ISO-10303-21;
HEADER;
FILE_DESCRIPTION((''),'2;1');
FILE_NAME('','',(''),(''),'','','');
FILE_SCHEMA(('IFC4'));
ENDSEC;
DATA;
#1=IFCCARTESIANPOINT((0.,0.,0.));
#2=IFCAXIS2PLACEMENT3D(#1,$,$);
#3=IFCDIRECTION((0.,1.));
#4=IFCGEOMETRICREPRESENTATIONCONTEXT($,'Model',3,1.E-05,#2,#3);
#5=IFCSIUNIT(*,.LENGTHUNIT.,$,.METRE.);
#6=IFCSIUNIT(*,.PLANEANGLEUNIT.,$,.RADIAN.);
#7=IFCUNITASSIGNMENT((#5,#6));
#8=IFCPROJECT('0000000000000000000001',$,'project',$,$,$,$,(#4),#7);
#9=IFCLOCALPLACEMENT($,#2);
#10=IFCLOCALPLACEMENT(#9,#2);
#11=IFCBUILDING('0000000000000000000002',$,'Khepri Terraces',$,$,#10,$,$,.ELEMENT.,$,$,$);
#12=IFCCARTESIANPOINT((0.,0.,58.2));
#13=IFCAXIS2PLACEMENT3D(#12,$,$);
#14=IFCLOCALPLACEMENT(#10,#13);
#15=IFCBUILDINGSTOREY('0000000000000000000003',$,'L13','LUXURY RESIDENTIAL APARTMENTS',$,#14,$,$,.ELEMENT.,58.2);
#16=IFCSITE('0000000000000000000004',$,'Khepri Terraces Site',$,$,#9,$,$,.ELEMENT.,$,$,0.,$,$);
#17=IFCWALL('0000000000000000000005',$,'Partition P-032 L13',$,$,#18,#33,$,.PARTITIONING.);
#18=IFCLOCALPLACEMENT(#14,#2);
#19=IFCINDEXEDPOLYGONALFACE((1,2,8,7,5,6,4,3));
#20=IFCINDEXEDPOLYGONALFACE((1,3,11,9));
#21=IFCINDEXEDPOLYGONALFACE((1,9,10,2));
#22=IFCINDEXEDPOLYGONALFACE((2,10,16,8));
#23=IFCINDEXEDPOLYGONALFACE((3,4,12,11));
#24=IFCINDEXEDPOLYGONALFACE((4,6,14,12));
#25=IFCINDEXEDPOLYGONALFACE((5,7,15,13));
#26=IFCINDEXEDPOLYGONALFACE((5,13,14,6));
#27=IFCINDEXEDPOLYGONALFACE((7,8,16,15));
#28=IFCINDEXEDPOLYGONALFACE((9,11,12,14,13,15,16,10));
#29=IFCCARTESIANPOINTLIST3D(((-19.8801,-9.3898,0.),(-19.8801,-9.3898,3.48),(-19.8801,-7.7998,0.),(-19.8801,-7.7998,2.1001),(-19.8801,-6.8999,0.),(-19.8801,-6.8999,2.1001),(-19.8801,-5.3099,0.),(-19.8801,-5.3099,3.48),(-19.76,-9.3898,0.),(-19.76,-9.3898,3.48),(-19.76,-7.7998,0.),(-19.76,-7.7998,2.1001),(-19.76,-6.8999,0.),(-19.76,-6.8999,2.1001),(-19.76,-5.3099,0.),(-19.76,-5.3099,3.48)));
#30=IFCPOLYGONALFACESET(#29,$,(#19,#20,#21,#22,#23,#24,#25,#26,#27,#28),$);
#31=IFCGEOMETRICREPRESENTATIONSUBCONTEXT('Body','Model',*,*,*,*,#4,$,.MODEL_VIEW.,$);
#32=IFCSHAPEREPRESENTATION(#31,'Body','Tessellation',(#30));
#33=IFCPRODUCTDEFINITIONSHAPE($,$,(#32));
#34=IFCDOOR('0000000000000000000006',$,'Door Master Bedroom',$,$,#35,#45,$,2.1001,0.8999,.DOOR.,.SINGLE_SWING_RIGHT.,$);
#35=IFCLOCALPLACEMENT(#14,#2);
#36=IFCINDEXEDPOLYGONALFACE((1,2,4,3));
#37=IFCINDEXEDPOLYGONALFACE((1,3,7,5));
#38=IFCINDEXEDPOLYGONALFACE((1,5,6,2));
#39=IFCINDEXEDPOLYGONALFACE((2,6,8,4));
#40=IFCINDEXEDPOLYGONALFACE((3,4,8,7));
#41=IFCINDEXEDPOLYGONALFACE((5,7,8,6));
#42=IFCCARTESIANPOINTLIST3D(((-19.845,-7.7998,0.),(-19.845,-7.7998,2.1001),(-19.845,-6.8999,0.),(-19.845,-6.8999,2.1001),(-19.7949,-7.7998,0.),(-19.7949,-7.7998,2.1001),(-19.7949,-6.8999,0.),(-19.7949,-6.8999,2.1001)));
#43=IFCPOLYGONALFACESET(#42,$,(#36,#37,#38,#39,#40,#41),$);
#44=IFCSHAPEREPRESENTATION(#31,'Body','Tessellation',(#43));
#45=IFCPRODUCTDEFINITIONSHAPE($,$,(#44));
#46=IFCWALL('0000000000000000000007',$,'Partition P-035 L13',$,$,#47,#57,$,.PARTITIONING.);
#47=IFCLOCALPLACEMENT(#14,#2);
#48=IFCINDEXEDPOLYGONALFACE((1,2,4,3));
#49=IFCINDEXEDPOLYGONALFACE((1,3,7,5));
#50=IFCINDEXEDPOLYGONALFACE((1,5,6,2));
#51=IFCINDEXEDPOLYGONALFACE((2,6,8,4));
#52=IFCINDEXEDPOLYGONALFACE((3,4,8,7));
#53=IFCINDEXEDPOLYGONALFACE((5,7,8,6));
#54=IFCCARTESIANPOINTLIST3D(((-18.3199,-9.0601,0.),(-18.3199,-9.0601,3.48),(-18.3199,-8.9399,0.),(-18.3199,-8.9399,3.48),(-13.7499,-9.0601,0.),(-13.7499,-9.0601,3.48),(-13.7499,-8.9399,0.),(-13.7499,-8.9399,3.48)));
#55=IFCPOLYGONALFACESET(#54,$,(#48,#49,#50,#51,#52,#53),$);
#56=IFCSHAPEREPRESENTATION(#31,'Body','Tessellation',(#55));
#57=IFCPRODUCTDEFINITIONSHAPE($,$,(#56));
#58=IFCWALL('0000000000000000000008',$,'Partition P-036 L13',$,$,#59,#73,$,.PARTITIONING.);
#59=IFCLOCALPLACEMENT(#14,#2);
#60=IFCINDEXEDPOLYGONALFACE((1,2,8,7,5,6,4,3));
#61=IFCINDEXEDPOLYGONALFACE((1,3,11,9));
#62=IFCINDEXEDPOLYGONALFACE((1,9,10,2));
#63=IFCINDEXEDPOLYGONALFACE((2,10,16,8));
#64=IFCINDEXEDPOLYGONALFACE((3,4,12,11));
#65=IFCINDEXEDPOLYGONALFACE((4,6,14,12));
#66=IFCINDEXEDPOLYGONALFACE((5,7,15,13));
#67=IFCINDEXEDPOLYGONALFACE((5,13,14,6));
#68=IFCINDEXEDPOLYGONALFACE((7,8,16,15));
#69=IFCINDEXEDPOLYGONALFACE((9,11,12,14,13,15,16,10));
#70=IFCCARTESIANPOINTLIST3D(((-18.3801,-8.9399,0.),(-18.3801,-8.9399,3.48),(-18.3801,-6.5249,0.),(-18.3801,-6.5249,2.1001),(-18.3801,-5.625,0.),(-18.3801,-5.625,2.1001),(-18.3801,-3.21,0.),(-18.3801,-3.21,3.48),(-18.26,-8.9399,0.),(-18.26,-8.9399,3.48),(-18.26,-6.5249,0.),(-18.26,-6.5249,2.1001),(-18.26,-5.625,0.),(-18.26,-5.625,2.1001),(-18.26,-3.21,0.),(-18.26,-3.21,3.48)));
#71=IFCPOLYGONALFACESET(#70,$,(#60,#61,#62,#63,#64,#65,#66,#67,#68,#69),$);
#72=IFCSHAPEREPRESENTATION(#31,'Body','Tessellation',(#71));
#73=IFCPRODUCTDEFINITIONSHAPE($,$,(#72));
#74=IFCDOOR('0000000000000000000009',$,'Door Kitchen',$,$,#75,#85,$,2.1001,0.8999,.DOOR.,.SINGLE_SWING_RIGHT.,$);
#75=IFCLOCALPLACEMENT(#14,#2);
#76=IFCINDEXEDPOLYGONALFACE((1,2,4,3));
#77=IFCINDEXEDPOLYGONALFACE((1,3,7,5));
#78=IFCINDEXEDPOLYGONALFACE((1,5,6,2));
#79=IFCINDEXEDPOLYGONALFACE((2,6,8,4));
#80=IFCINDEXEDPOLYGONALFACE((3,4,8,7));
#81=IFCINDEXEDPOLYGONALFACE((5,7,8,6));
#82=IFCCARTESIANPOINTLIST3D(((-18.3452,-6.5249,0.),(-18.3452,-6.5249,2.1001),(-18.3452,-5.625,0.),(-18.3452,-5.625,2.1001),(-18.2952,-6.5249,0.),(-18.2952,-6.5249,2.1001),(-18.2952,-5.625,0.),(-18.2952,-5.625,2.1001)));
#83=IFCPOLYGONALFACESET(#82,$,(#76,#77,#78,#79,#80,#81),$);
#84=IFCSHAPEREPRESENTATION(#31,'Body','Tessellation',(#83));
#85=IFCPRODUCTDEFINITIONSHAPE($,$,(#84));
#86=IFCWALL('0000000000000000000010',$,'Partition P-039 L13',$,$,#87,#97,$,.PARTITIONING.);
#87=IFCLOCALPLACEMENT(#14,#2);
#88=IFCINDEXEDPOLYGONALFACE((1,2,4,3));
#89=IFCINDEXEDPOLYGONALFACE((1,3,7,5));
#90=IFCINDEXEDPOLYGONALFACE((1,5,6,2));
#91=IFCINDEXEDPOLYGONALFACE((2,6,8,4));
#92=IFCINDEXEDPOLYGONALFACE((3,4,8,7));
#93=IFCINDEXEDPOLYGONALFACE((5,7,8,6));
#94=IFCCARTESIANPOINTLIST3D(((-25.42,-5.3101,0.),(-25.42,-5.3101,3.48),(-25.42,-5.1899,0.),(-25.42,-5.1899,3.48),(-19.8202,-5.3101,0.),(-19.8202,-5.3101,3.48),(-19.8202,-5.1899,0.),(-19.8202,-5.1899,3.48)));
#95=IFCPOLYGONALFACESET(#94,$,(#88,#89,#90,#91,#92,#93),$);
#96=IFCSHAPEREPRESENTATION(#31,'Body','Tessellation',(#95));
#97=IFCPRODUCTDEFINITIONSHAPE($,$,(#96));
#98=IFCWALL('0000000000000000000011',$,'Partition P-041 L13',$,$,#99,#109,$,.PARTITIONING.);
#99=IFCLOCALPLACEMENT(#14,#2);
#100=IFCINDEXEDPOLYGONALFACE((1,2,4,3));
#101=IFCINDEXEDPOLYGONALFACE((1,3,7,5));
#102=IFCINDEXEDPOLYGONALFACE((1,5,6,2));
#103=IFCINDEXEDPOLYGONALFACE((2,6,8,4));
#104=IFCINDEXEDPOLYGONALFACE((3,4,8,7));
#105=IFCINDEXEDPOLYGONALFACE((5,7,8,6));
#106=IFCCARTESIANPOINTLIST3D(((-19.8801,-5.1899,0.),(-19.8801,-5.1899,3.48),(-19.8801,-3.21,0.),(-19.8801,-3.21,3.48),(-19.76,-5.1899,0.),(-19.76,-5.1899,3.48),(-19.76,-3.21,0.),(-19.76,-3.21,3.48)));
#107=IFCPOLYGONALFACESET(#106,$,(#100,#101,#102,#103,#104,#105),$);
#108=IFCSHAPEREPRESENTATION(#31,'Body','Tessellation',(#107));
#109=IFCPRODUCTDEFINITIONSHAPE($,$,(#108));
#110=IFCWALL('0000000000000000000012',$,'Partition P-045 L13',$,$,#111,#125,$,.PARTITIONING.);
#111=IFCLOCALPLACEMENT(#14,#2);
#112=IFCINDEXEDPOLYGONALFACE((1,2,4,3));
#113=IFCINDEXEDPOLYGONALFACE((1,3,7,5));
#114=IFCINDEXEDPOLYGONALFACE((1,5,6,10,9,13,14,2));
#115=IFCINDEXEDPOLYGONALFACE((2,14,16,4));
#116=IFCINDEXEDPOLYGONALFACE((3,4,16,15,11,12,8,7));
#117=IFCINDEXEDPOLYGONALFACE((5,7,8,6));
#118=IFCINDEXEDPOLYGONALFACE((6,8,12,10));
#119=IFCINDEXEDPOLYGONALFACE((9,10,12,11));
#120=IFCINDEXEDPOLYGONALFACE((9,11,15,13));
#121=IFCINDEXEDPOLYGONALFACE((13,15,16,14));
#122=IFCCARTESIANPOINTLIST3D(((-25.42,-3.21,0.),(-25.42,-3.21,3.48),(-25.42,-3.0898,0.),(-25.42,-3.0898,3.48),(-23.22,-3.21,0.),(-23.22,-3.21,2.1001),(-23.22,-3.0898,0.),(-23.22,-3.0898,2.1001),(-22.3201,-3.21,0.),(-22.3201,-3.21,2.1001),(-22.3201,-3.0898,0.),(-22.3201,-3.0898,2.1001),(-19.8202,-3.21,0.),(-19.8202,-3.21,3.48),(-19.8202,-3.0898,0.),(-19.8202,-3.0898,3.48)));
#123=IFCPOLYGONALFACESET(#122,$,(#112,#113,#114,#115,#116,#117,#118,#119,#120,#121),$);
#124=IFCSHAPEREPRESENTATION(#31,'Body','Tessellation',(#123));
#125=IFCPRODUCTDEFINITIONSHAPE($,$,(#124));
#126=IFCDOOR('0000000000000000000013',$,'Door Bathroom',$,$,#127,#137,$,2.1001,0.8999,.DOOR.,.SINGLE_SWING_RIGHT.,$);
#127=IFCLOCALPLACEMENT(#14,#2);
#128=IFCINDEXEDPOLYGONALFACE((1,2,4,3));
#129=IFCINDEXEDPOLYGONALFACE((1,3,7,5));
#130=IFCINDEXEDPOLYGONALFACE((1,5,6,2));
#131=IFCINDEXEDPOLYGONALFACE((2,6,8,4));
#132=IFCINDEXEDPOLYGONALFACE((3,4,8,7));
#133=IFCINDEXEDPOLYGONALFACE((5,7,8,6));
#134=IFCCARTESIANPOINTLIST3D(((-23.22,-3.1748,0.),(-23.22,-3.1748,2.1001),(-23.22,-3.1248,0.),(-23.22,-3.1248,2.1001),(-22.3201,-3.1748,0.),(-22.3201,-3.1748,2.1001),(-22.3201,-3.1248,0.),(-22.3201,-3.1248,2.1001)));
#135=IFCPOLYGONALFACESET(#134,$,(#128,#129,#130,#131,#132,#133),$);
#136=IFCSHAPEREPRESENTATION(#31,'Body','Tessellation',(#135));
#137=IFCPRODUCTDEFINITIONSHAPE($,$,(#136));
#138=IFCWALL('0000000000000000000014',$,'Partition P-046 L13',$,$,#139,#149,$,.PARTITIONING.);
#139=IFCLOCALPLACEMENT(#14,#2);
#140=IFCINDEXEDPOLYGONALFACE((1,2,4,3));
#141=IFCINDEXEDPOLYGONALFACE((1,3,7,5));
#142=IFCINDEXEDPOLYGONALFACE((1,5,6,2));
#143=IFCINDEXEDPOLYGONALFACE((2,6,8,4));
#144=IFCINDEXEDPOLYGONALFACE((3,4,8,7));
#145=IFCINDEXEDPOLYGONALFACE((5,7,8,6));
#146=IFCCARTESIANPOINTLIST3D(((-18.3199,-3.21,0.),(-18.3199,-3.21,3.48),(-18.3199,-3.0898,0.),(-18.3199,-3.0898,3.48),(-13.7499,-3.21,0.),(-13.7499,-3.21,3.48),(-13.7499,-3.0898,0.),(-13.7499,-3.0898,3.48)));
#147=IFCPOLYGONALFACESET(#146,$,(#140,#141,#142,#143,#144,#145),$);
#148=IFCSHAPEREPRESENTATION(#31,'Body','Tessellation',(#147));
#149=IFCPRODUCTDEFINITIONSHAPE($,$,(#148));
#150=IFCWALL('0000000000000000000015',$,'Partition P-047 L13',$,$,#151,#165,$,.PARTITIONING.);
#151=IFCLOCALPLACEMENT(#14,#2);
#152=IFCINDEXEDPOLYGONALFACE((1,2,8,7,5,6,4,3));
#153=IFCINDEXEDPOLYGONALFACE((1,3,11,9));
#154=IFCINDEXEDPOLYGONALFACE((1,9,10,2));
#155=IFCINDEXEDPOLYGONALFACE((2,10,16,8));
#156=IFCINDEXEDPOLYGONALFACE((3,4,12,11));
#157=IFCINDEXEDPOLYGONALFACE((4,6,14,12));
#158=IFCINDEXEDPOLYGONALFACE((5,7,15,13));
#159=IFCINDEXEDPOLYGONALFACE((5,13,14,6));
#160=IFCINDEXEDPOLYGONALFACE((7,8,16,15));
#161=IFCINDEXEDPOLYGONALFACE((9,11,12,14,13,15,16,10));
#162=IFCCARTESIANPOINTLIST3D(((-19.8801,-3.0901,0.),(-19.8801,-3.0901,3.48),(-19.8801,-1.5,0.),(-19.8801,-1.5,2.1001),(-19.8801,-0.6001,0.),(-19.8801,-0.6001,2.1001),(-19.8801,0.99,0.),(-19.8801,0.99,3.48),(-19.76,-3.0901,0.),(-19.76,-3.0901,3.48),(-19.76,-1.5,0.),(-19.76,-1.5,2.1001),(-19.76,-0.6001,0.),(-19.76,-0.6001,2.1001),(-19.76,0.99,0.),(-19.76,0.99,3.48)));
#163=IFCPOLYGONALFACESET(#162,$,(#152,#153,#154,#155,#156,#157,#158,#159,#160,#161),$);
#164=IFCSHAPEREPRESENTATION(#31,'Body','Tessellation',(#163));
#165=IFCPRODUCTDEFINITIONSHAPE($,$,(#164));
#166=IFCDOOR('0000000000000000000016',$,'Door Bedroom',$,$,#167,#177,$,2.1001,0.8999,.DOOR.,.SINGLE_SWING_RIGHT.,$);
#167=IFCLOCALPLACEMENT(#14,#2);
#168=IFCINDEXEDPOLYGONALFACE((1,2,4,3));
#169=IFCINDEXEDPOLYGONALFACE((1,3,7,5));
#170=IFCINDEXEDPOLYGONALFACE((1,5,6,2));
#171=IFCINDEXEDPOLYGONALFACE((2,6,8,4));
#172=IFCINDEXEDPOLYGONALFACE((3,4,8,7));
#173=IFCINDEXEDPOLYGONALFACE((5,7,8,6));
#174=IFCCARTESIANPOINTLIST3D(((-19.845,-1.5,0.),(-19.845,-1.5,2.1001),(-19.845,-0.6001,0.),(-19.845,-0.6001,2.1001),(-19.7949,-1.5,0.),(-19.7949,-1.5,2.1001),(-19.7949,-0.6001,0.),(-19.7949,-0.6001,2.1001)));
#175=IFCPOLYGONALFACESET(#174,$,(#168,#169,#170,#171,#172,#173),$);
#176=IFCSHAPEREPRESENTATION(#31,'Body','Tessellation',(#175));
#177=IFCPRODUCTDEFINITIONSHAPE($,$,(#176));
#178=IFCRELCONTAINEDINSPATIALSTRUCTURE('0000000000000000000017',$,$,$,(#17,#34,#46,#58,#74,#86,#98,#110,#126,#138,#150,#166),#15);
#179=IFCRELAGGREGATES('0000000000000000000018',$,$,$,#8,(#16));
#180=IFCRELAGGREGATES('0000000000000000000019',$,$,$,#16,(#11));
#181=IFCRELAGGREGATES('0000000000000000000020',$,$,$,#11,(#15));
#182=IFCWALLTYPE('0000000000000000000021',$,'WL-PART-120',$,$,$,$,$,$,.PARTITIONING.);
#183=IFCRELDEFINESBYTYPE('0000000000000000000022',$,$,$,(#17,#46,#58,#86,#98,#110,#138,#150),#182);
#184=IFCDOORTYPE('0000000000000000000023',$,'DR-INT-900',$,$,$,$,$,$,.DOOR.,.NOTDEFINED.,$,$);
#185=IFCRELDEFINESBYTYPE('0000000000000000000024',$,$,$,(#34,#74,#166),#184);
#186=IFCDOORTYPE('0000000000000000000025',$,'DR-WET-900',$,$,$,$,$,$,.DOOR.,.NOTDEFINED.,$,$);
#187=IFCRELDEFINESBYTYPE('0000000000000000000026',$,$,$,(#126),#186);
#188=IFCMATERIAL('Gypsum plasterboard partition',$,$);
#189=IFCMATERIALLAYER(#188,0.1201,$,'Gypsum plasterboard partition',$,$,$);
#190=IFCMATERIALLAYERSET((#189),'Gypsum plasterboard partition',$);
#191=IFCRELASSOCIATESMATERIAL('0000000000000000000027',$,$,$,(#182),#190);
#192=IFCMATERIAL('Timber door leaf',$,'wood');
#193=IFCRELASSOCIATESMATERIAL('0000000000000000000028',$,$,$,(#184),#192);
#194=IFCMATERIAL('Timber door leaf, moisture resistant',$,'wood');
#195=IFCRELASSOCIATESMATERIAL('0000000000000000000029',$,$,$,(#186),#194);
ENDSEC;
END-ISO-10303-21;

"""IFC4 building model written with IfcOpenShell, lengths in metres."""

from ifc_helpers import new_model, si_unit, direction, frame, frame_2d, origin, place, context, subcontext, project, spatial, rectangle, extrude, material, layer, layer_set, type_object, element, fill, save


model = new_model("IFC4")

# Units and contexts
model_context = context("Model", 3, precision=1e-05, world=origin(), true_north=direction((0.0, 1.0)))
body_context = subcontext(model_context, "Body", "Model", "MODEL_VIEW")
ifc_project = project(units=[si_unit("LENGTHUNIT", "METRE"), si_unit("PLANEANGLEUNIT", "RADIAN")], contexts=[model_context])

# Site, building, storey
site_placement = place(None, origin())
site = spatial("IfcSite", under=ifc_project, at=site_placement, Name="Khepri Terraces Site", CompositionType="ELEMENT", RefElevation=0.0)
building_placement = place(site_placement, origin())
building = spatial("IfcBuilding", under=site, at=building_placement, Name="Khepri Terraces", CompositionType="ELEMENT")
storey_placement = place(building_placement, frame((0.0, 0.0, 58.2)))
storey = spatial("IfcBuildingStorey", under=building, at=storey_placement, Name="L13", Description="LUXURY RESIDENTIAL APARTMENTS", CompositionType="ELEMENT", Elevation=58.2)

# Wall, opening, door
ifc_material_1 = material(Name="Gypsum plasterboard partition")
ifc_layer_1 = layer(ifc_material_1, 0.1201, Name="Gypsum plasterboard partition")
ifc_layer_set_1 = layer_set([ifc_layer_1], Name="Gypsum plasterboard partition")
wall_type_1 = type_object("IfcWallType", Name="WL-PART-120", PredefinedType="PARTITIONING", material=ifc_layer_set_1)
ifc_material_2 = material(Name="Timber door leaf", Category="wood")
door_type_1 = type_object("IfcDoorType", Name="DR-INT-900", OperationType="NOTDEFINED", PredefinedType="DOOR", material=ifc_material_2)
wall_1_placement = place(storey_placement, frame((-19.8201, -9.3899, 0.0), z_axis=(0.0, 0.0, 1.0), x_axis=(0.0, 1.0, 0.0)))
wall_1 = element("IfcWall", 1, at=wall_1_placement, inside=storey, type_object=wall_type_1, Name="Partition P-032 L13", PredefinedType="PARTITIONING", context=body_context, shape_type="SweptSolid", body=[
    extrude(rectangle(XDim=4.0798, YDim=0.1201, at=frame_2d((2.04, 0.0))), origin(), (0.0, 0.0, 1.0), 3.48),
])
opening_1_placement = place(wall_1_placement, frame((1.5901, 0.0, 0.0)))
opening_1 = element("IfcOpeningElement", 2, at=opening_1_placement, cuts=wall_1, PredefinedType="OPENING", context=body_context, shape_type="SweptSolid", body=[
    extrude(rectangle(XDim=0.8999, YDim=2.1001, at=frame_2d((0.45, 1.05))), frame((0.0, 0.0701, 0.0), z_axis=(0.0, -1.0, 0.0), x_axis=(1.0, 0.0, 0.0)), (0.0, 0.0, 1.0), 0.1401),
])
door_1_placement = place(opening_1_placement, origin())
door_1 = element("IfcDoor", 3, at=door_1_placement, inside=storey, type_object=door_type_1, Name="Door Master Bedroom", OperationType="SINGLE_SWING_RIGHT", OverallHeight=2.1001, OverallWidth=0.8999, PredefinedType="DOOR", context=body_context, shape_type="SweptSolid", body=[
    extrude(rectangle(XDim=0.8999, YDim=2.1001, at=frame_2d((0.45, 1.05))), frame((0.0, 0.0249, 0.0), z_axis=(0.0, -1.0, 0.0), x_axis=(1.0, 0.0, 0.0)), (0.0, 0.0, 1.0), 0.05),
])
fill(opening_1, door_1)

# Wall
wall_2_placement = place(storey_placement, frame((-18.3201, -9.0, 0.0), z_axis=(0.0, 0.0, 1.0), x_axis=(1.0, 0.0, 0.0)))
element("IfcWall", 4, at=wall_2_placement, inside=storey, type_object=wall_type_1, Name="Partition P-035 L13", PredefinedType="PARTITIONING", context=body_context, shape_type="SweptSolid", body=[
    extrude(rectangle(XDim=4.5701, YDim=0.1201, at=frame_2d((2.2852, 0.0))), origin(), (0.0, 0.0, 1.0), 3.48),
])

# Wall, opening, door
wall_3_placement = place(storey_placement, frame((-18.3201, -8.9399, 0.0), z_axis=(0.0, 0.0, 1.0), x_axis=(0.0, 1.0, 0.0)))
wall_3 = element("IfcWall", 5, at=wall_3_placement, inside=storey, type_object=wall_type_1, Name="Partition P-036 L13", PredefinedType="PARTITIONING", context=body_context, shape_type="SweptSolid", body=[
    extrude(rectangle(XDim=5.73, YDim=0.1201, at=frame_2d((2.865, 0.0))), origin(), (0.0, 0.0, 1.0), 3.48),
])
opening_2_placement = place(wall_3_placement, frame((2.415, 0.0, 0.0)))
opening_2 = element("IfcOpeningElement", 6, at=opening_2_placement, cuts=wall_3, PredefinedType="OPENING", context=body_context, shape_type="SweptSolid", body=[
    extrude(rectangle(XDim=0.8999, YDim=2.1001, at=frame_2d((0.45, 1.05))), frame((0.0, 0.0701, 0.0), z_axis=(0.0, -1.0, 0.0), x_axis=(1.0, 0.0, 0.0)), (0.0, 0.0, 1.0), 0.1401),
])
door_2_placement = place(opening_2_placement, frame((0.8999, 0.0, 0.0), z_axis=(0.0, 0.0, 1.0), x_axis=(-1.0, 0.0, 0.0)))
door_2 = element("IfcDoor", 7, at=door_2_placement, inside=storey, type_object=door_type_1, Name="Door Kitchen", OperationType="SINGLE_SWING_RIGHT", OverallHeight=2.1001, OverallWidth=0.8999, PredefinedType="DOOR", context=body_context, shape_type="SweptSolid", body=[
    extrude(rectangle(XDim=0.8999, YDim=2.1001, at=frame_2d((0.45, 1.05))), frame((0.0, 0.0249, 0.0), z_axis=(0.0, -1.0, 0.0), x_axis=(1.0, 0.0, 0.0)), (0.0, 0.0, 1.0), 0.05),
])
fill(opening_2, door_2)

# Walls
wall_4_placement = place(storey_placement, frame((-25.4199, -5.25, 0.0), z_axis=(0.0, 0.0, 1.0), x_axis=(1.0, 0.0, 0.0)))
element("IfcWall", 8, at=wall_4_placement, inside=storey, type_object=wall_type_1, Name="Partition P-039 L13", PredefinedType="PARTITIONING", context=body_context, shape_type="SweptSolid", body=[
    extrude(rectangle(XDim=5.5999, YDim=0.1201, at=frame_2d((2.7998, 0.0))), origin(), (0.0, 0.0, 1.0), 3.48),
])
wall_5_placement = place(storey_placement, frame((-19.8201, -5.1899, 0.0), z_axis=(0.0, 0.0, 1.0), x_axis=(0.0, 1.0, 0.0)))
element("IfcWall", 9, at=wall_5_placement, inside=storey, type_object=wall_type_1, Name="Partition P-041 L13", PredefinedType="PARTITIONING", context=body_context, shape_type="SweptSolid", body=[
    extrude(rectangle(XDim=1.98, YDim=0.1201, at=frame_2d((0.99, 0.0))), origin(), (0.0, 0.0, 1.0), 3.48),
])

# Wall, opening, door
wall_6_placement = place(storey_placement, frame((-25.4199, -3.1499, 0.0), z_axis=(0.0, 0.0, 1.0), x_axis=(1.0, 0.0, 0.0)))
wall_6 = element("IfcWall", 10, at=wall_6_placement, inside=storey, type_object=wall_type_1, Name="Partition P-045 L13", PredefinedType="PARTITIONING", context=body_context, shape_type="SweptSolid", body=[
    extrude(rectangle(XDim=5.5999, YDim=0.1201, at=frame_2d((2.7998, 0.0))), origin(), (0.0, 0.0, 1.0), 3.48),
])
opening_3_placement = place(wall_6_placement, frame((2.2, 0.0, 0.0)))
opening_3 = element("IfcOpeningElement", 11, at=opening_3_placement, cuts=wall_6, PredefinedType="OPENING", context=body_context, shape_type="SweptSolid", body=[
    extrude(rectangle(XDim=0.8999, YDim=2.1001, at=frame_2d((0.45, 1.05))), frame((0.0, 0.0701, 0.0), z_axis=(0.0, -1.0, 0.0), x_axis=(1.0, 0.0, 0.0)), (0.0, 0.0, 1.0), 0.1401),
])
ifc_material_3 = material(Name="Timber door leaf, moisture resistant", Category="wood")
door_type_2 = type_object("IfcDoorType", Name="DR-WET-900", OperationType="NOTDEFINED", PredefinedType="DOOR", material=ifc_material_3)
door_3_placement = place(opening_3_placement, frame((0.8999, 0.0, 0.0), z_axis=(0.0, 0.0, 1.0), x_axis=(-1.0, 0.0, 0.0)))
door_3 = element("IfcDoor", 12, at=door_3_placement, inside=storey, type_object=door_type_2, Name="Door Bathroom", OperationType="SINGLE_SWING_RIGHT", OverallHeight=2.1001, OverallWidth=0.8999, PredefinedType="DOOR", context=body_context, shape_type="SweptSolid", body=[
    extrude(rectangle(XDim=0.8999, YDim=2.1001, at=frame_2d((0.45, 1.05))), frame((0.0, 0.0249, 0.0), z_axis=(0.0, -1.0, 0.0), x_axis=(1.0, 0.0, 0.0)), (0.0, 0.0, 1.0), 0.05),
])
fill(opening_3, door_3)

# Wall
wall_7_placement = place(storey_placement, frame((-18.3201, -3.1499, 0.0), z_axis=(0.0, 0.0, 1.0), x_axis=(1.0, 0.0, 0.0)))
element("IfcWall", 13, at=wall_7_placement, inside=storey, type_object=wall_type_1, Name="Partition P-046 L13", PredefinedType="PARTITIONING", context=body_context, shape_type="SweptSolid", body=[
    extrude(rectangle(XDim=4.5701, YDim=0.1201, at=frame_2d((2.2852, 0.0))), origin(), (0.0, 0.0, 1.0), 3.48),
])

# Wall, opening, door
wall_8_placement = place(storey_placement, frame((-19.8201, -3.0901, 0.0), z_axis=(0.0, 0.0, 1.0), x_axis=(0.0, 1.0, 0.0)))
wall_8 = element("IfcWall", 14, at=wall_8_placement, inside=storey, type_object=wall_type_1, Name="Partition P-047 L13", PredefinedType="PARTITIONING", context=body_context, shape_type="SweptSolid", body=[
    extrude(rectangle(XDim=4.0801, YDim=0.1201, at=frame_2d((2.04, 0.0))), origin(), (0.0, 0.0, 1.0), 3.48),
])
opening_4_placement = place(wall_8_placement, frame((1.5901, 0.0, 0.0)))
opening_4 = element("IfcOpeningElement", 15, at=opening_4_placement, cuts=wall_8, PredefinedType="OPENING", context=body_context, shape_type="SweptSolid", body=[
    extrude(rectangle(XDim=0.8999, YDim=2.1001, at=frame_2d((0.45, 1.05))), frame((0.0, 0.0701, 0.0), z_axis=(0.0, -1.0, 0.0), x_axis=(1.0, 0.0, 0.0)), (0.0, 0.0, 1.0), 0.1401),
])
door_4_placement = place(opening_4_placement, origin())
door_4 = element("IfcDoor", 16, at=door_4_placement, inside=storey, type_object=door_type_1, Name="Door Bedroom", OperationType="SINGLE_SWING_RIGHT", OverallHeight=2.1001, OverallWidth=0.8999, PredefinedType="DOOR", context=body_context, shape_type="SweptSolid", body=[
    extrude(rectangle(XDim=0.8999, YDim=2.1001, at=frame_2d((0.45, 1.05))), frame((0.0, 0.0249, 0.0), z_axis=(0.0, -1.0, 0.0), x_axis=(1.0, 0.0, 0.0)), (0.0, 0.0, 1.0), 0.05),
])
fill(opening_4, door_4)

save(model, "model.ifc")
